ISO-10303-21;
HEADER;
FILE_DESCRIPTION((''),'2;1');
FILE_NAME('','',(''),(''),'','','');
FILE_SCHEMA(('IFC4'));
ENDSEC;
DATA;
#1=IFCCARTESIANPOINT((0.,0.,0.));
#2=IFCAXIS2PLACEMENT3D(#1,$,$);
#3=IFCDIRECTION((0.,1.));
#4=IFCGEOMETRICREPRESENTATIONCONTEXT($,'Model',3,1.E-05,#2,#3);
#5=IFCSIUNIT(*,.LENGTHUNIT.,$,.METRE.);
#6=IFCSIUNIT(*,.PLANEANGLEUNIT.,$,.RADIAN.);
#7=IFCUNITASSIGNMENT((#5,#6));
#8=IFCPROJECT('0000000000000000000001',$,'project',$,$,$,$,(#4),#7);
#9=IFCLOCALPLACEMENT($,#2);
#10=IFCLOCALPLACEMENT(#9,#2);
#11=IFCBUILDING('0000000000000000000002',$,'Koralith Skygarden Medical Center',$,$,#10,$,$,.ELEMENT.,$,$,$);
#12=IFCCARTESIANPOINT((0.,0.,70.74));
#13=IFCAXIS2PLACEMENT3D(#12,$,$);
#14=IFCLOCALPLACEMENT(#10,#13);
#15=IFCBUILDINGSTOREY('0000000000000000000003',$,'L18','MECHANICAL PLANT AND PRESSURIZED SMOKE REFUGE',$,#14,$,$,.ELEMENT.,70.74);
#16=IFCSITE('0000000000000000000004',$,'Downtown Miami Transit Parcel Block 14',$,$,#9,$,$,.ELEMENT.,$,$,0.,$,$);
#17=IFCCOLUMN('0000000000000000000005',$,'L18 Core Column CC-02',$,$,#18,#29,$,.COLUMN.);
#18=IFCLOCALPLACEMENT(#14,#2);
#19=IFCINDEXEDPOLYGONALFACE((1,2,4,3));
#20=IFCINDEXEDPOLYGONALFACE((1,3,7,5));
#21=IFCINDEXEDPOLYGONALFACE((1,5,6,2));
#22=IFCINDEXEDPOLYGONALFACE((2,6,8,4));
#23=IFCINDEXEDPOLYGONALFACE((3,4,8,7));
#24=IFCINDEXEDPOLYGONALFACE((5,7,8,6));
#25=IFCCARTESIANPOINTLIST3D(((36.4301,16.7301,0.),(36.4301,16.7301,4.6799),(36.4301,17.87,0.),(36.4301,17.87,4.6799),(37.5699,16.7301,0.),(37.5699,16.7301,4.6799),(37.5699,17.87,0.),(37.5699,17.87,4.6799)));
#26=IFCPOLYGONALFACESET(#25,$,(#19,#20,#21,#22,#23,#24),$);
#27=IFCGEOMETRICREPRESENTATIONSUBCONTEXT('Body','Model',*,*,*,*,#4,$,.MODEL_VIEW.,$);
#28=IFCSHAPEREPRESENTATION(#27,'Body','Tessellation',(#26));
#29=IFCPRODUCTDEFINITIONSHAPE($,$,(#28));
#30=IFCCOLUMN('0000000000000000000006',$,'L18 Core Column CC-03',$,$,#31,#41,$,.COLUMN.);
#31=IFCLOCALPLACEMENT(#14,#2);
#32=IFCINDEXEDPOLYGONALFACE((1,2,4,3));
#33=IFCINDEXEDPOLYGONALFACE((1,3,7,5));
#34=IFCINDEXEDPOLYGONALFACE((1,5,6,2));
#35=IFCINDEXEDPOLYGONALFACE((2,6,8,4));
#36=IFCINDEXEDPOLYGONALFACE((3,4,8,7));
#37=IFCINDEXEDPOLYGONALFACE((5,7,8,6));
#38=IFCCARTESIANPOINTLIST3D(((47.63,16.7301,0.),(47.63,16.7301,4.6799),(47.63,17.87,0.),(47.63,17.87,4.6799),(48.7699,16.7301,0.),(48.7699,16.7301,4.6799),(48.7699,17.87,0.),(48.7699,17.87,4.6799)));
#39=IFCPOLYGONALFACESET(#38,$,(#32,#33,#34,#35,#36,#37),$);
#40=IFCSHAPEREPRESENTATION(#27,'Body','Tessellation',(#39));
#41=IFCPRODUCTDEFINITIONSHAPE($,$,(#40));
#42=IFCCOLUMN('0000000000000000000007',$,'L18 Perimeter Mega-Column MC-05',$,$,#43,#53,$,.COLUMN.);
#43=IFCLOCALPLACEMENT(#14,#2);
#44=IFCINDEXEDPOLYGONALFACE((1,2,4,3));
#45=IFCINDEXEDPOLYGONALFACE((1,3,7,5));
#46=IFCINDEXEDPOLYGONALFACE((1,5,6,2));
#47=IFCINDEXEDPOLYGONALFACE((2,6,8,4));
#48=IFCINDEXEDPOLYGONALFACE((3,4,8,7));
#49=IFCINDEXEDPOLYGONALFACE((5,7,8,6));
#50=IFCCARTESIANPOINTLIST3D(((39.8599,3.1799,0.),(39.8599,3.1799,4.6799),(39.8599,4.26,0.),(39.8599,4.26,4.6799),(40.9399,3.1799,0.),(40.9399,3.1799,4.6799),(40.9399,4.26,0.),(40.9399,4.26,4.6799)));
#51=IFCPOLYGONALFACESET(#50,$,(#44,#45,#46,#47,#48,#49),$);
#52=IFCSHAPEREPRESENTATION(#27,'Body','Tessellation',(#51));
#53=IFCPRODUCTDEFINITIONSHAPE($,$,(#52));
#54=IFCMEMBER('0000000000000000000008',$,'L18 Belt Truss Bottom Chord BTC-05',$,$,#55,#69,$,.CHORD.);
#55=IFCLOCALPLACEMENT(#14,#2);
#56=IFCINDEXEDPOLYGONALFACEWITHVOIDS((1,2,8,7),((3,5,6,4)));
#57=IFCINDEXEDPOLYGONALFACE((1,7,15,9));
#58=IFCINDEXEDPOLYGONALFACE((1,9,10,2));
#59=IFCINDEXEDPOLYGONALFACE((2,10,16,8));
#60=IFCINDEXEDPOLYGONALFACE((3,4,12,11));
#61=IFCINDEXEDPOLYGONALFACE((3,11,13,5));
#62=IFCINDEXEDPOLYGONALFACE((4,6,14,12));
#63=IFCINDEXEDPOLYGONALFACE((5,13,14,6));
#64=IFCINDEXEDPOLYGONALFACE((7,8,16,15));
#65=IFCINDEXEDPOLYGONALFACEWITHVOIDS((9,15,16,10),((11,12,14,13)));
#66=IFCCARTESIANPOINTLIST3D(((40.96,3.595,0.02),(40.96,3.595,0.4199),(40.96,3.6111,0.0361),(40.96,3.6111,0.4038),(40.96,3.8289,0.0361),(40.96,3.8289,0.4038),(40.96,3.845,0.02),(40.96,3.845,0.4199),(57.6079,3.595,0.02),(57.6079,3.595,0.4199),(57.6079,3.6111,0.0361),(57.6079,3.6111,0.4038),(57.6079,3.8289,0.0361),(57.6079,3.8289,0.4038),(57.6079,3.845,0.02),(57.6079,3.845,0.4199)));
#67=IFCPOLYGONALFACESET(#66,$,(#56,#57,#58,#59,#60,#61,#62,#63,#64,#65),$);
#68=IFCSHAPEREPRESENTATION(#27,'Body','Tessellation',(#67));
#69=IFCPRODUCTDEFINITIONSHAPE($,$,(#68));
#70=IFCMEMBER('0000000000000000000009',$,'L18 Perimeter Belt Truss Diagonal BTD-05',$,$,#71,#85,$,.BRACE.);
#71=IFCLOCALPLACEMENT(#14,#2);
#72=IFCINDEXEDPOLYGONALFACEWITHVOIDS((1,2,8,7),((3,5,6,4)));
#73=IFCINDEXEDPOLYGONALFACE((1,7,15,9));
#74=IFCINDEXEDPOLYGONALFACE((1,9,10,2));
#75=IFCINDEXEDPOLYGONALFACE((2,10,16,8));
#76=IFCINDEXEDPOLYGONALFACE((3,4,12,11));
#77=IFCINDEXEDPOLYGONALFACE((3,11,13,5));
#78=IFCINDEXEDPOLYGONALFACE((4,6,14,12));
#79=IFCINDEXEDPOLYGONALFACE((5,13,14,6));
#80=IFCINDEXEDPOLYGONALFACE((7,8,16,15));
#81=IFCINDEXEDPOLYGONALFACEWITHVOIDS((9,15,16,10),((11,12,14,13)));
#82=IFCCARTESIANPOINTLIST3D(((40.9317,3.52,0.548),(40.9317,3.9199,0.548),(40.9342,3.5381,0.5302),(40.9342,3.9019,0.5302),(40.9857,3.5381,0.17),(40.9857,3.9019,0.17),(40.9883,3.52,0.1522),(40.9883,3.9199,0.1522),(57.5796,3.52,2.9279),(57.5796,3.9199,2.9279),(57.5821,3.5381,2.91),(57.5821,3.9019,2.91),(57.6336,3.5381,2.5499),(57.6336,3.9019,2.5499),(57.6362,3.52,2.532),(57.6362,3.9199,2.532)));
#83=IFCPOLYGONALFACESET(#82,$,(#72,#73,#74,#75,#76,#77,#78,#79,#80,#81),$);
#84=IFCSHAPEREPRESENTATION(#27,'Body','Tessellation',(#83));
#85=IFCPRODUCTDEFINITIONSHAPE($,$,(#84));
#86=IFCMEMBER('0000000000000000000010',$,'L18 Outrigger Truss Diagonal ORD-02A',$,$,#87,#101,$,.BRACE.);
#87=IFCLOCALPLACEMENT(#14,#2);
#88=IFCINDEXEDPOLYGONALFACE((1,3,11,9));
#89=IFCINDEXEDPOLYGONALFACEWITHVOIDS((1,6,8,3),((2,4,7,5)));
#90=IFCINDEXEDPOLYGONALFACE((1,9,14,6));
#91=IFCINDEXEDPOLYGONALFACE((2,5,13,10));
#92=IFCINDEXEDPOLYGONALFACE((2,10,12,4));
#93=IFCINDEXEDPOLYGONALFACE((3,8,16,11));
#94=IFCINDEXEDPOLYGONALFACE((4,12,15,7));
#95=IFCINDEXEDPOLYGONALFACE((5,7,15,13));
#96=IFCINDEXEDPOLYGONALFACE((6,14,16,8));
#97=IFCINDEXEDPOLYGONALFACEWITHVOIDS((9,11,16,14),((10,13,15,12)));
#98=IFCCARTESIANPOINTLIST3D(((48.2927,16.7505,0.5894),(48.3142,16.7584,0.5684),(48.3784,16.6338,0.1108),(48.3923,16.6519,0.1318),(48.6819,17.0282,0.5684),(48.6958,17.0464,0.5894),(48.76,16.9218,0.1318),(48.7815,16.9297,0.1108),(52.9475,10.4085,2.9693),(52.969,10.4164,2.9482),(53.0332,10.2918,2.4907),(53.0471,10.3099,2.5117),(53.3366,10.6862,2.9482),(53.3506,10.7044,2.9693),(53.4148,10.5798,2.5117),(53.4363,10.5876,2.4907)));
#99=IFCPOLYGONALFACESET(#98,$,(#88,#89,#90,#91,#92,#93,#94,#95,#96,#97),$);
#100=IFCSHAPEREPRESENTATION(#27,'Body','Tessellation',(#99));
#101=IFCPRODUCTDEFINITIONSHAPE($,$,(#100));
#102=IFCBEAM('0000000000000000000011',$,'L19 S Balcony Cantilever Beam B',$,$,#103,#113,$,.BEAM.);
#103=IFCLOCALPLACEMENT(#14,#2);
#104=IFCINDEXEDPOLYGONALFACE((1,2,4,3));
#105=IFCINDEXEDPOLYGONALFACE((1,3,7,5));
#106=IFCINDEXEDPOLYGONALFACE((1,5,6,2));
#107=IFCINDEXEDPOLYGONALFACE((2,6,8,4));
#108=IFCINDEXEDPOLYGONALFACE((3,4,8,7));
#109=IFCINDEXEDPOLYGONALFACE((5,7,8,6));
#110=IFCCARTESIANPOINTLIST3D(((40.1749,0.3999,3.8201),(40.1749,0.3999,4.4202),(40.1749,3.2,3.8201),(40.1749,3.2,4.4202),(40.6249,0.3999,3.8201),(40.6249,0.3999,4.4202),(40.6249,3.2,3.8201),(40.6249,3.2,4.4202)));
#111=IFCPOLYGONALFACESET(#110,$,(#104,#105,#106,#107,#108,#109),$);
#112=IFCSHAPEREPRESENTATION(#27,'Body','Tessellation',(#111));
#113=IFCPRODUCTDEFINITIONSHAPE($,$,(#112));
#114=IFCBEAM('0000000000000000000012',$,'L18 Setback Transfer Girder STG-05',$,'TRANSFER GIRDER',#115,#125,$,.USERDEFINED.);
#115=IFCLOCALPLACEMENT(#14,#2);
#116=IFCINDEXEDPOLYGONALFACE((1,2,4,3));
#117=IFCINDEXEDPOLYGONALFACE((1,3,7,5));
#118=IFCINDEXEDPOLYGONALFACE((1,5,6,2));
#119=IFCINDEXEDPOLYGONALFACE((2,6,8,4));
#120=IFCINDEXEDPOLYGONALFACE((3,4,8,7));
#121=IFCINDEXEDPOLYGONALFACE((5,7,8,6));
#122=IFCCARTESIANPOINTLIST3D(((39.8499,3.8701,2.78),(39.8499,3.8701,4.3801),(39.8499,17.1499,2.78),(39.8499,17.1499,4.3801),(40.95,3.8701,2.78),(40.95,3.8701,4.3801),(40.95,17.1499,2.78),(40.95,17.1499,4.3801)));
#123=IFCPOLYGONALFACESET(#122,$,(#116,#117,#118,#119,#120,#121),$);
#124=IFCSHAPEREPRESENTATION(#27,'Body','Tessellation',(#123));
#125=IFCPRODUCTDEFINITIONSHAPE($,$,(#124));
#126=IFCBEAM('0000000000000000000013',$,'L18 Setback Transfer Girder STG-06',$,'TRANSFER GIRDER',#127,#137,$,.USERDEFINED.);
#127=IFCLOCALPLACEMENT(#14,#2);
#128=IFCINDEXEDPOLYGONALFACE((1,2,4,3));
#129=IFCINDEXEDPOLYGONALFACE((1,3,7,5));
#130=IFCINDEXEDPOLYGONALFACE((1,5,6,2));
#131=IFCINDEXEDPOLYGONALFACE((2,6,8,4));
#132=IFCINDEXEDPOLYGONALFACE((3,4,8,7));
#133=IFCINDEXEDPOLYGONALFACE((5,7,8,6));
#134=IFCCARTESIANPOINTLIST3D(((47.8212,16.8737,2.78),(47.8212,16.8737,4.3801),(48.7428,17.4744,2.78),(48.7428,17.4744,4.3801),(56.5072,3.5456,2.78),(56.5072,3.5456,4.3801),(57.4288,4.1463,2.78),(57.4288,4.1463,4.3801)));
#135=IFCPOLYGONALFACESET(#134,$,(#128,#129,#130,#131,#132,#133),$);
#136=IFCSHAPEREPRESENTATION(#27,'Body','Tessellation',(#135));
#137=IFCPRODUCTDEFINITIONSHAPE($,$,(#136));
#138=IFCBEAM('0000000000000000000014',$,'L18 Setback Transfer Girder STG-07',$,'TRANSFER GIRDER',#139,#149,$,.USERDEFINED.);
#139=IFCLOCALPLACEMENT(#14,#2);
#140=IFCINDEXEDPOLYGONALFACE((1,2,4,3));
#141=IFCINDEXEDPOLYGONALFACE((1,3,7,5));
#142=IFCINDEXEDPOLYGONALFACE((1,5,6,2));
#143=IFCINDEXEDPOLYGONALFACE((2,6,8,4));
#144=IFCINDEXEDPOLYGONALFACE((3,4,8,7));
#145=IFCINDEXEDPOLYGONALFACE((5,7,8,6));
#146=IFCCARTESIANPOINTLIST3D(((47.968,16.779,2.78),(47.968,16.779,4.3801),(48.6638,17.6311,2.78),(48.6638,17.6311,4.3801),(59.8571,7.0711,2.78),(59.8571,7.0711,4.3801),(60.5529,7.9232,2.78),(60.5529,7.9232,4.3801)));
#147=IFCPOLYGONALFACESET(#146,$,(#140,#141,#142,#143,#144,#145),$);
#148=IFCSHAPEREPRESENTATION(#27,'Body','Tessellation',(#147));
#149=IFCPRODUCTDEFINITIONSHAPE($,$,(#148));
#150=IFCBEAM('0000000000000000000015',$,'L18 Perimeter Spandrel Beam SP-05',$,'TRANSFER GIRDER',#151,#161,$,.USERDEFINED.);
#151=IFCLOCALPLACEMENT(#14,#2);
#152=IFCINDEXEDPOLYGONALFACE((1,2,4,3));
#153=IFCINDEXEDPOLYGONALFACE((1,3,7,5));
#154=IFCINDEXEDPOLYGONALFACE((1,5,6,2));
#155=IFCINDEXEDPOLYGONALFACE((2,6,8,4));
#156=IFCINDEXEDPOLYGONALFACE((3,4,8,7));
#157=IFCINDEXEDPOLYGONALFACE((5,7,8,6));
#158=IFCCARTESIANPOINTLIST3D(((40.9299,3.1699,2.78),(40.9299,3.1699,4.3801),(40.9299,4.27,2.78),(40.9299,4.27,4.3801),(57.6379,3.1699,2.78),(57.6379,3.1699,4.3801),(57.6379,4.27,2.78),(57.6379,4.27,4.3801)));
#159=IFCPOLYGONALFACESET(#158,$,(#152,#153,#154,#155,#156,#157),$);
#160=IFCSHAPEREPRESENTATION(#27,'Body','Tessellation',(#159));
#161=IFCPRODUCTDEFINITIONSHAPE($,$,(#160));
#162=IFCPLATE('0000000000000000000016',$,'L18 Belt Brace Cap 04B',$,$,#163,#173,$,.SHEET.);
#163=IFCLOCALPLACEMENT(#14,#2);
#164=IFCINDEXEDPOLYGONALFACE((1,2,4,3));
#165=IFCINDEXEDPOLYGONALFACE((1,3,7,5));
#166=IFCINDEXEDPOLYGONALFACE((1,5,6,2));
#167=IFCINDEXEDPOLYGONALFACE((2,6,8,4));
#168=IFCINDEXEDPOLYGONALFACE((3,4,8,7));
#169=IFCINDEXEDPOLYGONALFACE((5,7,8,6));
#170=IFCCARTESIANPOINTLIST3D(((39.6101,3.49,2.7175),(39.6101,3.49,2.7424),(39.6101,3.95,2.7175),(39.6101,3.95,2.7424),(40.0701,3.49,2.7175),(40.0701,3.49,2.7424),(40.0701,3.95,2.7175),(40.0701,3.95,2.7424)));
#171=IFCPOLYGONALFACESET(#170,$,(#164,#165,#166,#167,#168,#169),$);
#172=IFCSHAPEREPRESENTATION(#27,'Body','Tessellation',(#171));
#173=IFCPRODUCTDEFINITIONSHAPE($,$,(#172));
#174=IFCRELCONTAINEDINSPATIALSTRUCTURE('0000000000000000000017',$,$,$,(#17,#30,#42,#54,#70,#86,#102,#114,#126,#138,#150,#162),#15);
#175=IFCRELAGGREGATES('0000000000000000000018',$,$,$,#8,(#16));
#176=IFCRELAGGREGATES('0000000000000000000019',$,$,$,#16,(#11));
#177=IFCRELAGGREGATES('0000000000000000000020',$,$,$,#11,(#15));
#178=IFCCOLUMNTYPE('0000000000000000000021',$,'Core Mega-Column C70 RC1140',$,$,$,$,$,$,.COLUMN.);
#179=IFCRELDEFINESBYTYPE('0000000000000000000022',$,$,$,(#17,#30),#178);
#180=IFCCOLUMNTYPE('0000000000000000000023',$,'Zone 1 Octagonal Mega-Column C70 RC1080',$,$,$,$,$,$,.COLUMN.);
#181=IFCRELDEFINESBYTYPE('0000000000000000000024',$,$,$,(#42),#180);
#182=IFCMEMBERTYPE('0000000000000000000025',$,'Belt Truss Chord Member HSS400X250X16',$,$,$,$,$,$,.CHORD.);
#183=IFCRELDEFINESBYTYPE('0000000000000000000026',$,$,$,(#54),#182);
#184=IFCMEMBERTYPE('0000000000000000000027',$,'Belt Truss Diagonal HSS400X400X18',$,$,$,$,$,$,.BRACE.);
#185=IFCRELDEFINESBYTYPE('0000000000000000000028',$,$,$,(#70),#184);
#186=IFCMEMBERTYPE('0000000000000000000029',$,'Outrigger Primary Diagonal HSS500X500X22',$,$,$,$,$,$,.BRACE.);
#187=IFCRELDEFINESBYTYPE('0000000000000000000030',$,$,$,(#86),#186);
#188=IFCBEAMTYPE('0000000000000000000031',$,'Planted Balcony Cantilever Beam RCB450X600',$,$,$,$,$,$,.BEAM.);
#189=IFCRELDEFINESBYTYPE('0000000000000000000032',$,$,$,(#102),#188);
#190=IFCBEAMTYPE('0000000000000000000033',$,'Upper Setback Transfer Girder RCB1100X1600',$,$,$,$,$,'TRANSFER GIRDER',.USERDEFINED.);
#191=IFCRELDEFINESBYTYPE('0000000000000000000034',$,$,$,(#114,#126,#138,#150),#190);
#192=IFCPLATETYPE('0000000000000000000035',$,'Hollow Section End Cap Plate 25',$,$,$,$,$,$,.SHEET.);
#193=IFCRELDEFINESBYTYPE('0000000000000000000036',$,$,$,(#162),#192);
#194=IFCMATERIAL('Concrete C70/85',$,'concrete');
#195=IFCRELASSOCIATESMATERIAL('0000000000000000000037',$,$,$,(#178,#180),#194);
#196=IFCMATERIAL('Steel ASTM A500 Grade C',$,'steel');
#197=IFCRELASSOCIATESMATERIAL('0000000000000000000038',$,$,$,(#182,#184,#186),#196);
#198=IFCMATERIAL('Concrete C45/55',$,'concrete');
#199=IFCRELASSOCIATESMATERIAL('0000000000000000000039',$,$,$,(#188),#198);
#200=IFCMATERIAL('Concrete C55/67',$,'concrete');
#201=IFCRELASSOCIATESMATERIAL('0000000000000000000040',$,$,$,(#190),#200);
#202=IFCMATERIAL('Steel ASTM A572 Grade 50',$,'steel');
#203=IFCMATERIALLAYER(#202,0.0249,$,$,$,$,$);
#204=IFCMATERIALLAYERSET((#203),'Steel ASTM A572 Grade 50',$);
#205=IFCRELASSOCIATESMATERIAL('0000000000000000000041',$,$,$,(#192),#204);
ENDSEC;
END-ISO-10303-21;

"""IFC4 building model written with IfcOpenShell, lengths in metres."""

from ifc_helpers import new_model, si_unit, direction, frame, origin, origin_2d, place, context, subcontext, project, spatial, rectangle, hollow_rectangle, extrude, material, layer, layer_set, material_profile, profile_set, type_object, element, save


model = new_model("IFC4")

# Units and contexts
model_context = context("Model", 3, precision=1e-05, world=origin(), true_north=direction((0.0, 1.0)))
body_context = subcontext(model_context, "Body", "Model", "MODEL_VIEW")
ifc_project = project(units=[si_unit("LENGTHUNIT", "METRE"), si_unit("PLANEANGLEUNIT", "RADIAN")], contexts=[model_context])

# Site, building, storey
site_placement = place(None, origin())
site = spatial("IfcSite", under=ifc_project, at=site_placement, Name="Downtown Miami Transit Parcel Block 14", CompositionType="ELEMENT", RefElevation=0.0)
building_placement = place(site_placement, origin())
building = spatial("IfcBuilding", under=site, at=building_placement, Name="Koralith Skygarden Medical Center", CompositionType="ELEMENT")
storey_placement = place(building_placement, frame((0.0, 0.0, 70.74)))
storey = spatial("IfcBuildingStorey", under=building, at=storey_placement, Name="L18", Description="MECHANICAL PLANT AND PRESSURIZED SMOKE REFUGE", CompositionType="ELEMENT", Elevation=70.74)

# Columns
ifc_material_1 = material(Name="Concrete C70/85", Category="concrete")
ifc_material_profile_1 = material_profile(ifc_material_1, rectangle(XDim=1.1399, YDim=1.1399, at=origin_2d()), Name="RC1140X1140")
ifc_profile_set_1 = profile_set([ifc_material_profile_1], Name="Concrete C70/85")
column_type_1 = type_object("IfcColumnType", Name="Core Mega-Column C70 RC1140", PredefinedType="COLUMN", material=ifc_profile_set_1)
for number, where, z_axis, x_axis, name in (
    (1, (37.0, 17.3, 0.0), (0.0, 0.0, 1.0), (1.0, 0.0, 0.0), "L18 Core Column CC-02"),
    (2, (48.2, 17.3, 0.0), (0.0, 0.0, 1.0), (1.0, 0.0, 0.0), "L18 Core Column CC-03"),
):
    element("IfcColumn", number, at=place(storey_placement, frame(where, z_axis=z_axis, x_axis=x_axis)), inside=storey, type_object=column_type_1, Name=name, PredefinedType="COLUMN", context=body_context, shape_type="SweptSolid", body=[
        extrude(rectangle(XDim=1.1399, YDim=1.1399, at=origin_2d()), origin(), (0.0, 0.0, 1.0), 4.6799),
    ])
ifc_material_profile_2 = material_profile(ifc_material_1, rectangle(XDim=1.0801, YDim=1.0801, at=origin_2d()), Name="RC1080X1080")
ifc_profile_set_2 = profile_set([ifc_material_profile_2], Name="Concrete C70/85")
column_type_2 = type_object("IfcColumnType", Name="Zone 1 Octagonal Mega-Column C70 RC1080", PredefinedType="COLUMN", material=ifc_profile_set_2)
column_placement = place(storey_placement, frame((40.3999, 3.72, 0.0), z_axis=(0.0, 0.0, 1.0), x_axis=(1.0, 0.0, 0.0)))
element("IfcColumn", 3, at=column_placement, inside=storey, type_object=column_type_2, Name="L18 Perimeter Mega-Column MC-05", PredefinedType="COLUMN", context=body_context, shape_type="SweptSolid", body=[
    extrude(rectangle(XDim=1.0801, YDim=1.0801, at=origin_2d()), origin(), (0.0, 0.0, 1.0), 4.6799),
])

# Members
ifc_material_2 = material(Name="Steel ASTM A500 Grade C", Category="steel")
ifc_material_profile_3 = material_profile(ifc_material_2, hollow_rectangle(XDim=0.25, YDim=0.3999, WallThickness=0.0161, at=origin_2d()), Name="HSS400X250X16")
ifc_profile_set_3 = profile_set([ifc_material_profile_3], Name="Steel ASTM A500 Grade C")
member_type_1 = type_object("IfcMemberType", Name="Belt Truss Chord Member HSS400X250X16", PredefinedType="CHORD", material=ifc_profile_set_3)
member_1_placement = place(storey_placement, frame((40.96, 3.72, 0.22), z_axis=(1.0, 0.0, 0.0), x_axis=(0.0, 1.0, 0.0)))
element("IfcMember", 4, at=member_1_placement, inside=storey, type_object=member_type_1, Name="L18 Belt Truss Bottom Chord BTC-05", PredefinedType="CHORD", context=body_context, shape_type="SweptSolid", body=[
    extrude(hollow_rectangle(XDim=0.25, YDim=0.3999, WallThickness=0.0161, at=origin_2d()), origin(), (0.0, 0.0, 1.0), 16.6479),
])
ifc_material_profile_4 = material_profile(ifc_material_2, hollow_rectangle(XDim=0.3999, YDim=0.3999, WallThickness=0.0181, at=origin_2d()), Name="HSS400X400X18")
ifc_profile_set_4 = profile_set([ifc_material_profile_4], Name="Steel ASTM A500 Grade C")
member_type_2 = type_object("IfcMemberType", Name="Belt Truss Diagonal HSS400X400X18", PredefinedType="BRACE", material=ifc_profile_set_4)
member_2_placement = place(storey_placement, frame((40.96, 3.72, 0.3501), z_axis=(0.989936, 0.0, 0.141515), x_axis=(0.0, 1.0, 0.0)))
element("IfcMember", 5, at=member_2_placement, inside=storey, type_object=member_type_2, Name="L18 Perimeter Belt Truss Diagonal BTD-05", PredefinedType="BRACE", context=body_context, shape_type="SweptSolid", body=[
    extrude(hollow_rectangle(XDim=0.3999, YDim=0.3999, WallThickness=0.0181, at=origin_2d()), origin(), (0.0, 0.0, 1.0), 16.8171),
])
ifc_material_profile_5 = material_profile(ifc_material_2, hollow_rectangle(XDim=0.5, YDim=0.5, WallThickness=0.022, at=origin_2d()), Name="HSS500X500X22")
ifc_profile_set_5 = profile_set([ifc_material_profile_5], Name="Steel ASTM A500 Grade C")
member_type_3 = type_object("IfcMemberType", Name="Outrigger Primary Diagonal HSS500X500X22", PredefinedType="BRACE", material=ifc_profile_set_5)
member_3_placement = place(storey_placement, frame((48.5371, 16.8401, 0.3501), z_axis=(0.566343, -0.771629, 0.289558), x_axis=(0.806165, 0.591691, 0.0)))
element("IfcMember", 6, at=member_3_placement, inside=storey, type_object=member_type_3, Name="L18 Outrigger Truss Diagonal ORD-02A", PredefinedType="BRACE", context=body_context, shape_type="SweptSolid", body=[
    extrude(hollow_rectangle(XDim=0.5, YDim=0.5, WallThickness=0.022, at=origin_2d()), origin(), (0.0, 0.0, 1.0), 8.219),
])

# Beams
ifc_material_3 = material(Name="Concrete C45/55", Category="concrete")
ifc_material_profile_6 = material_profile(ifc_material_3, rectangle(XDim=0.45, YDim=0.6001, at=origin_2d()), Name="RCB450X600")
ifc_profile_set_6 = profile_set([ifc_material_profile_6], Name="Concrete C45/55")
beam_type_1 = type_object("IfcBeamType", Name="Planted Balcony Cantilever Beam RCB450X600", PredefinedType="BEAM", material=ifc_profile_set_6)
beam_1_placement = place(storey_placement, frame((40.3999, 3.2, 4.1201), z_axis=(0.0, -1.0, 0.0), x_axis=(1.0, 0.0, 0.0)))
element("IfcBeam", 7, at=beam_1_placement, inside=storey, type_object=beam_type_1, Name="L19 S Balcony Cantilever Beam B", PredefinedType="BEAM", context=body_context, shape_type="SweptSolid", body=[
    extrude(rectangle(XDim=0.45, YDim=0.6001, at=origin_2d()), origin(), (0.0, 0.0, 1.0), 2.8),
])
ifc_material_4 = material(Name="Concrete C55/67", Category="concrete")
ifc_material_profile_7 = material_profile(ifc_material_4, rectangle(XDim=1.1001, YDim=1.6001, at=origin_2d()), Name="RCB1100X1600")
ifc_profile_set_7 = profile_set([ifc_material_profile_7], Name="Concrete C55/67")
beam_type_2 = type_object("IfcBeamType", Name="Upper Setback Transfer Girder RCB1100X1600", ElementType="TRANSFER GIRDER", PredefinedType="USERDEFINED", material=ifc_profile_set_7)
beam_2_placement = place(storey_placement, frame((40.3999, 17.1499, 3.5801), z_axis=(0.0, -1.0, 0.0), x_axis=(1.0, 0.0, 0.0)))
element("IfcBeam", 8, at=beam_2_placement, inside=storey, type_object=beam_type_2, Name="L18 Setback Transfer Girder STG-05", ObjectType="TRANSFER GIRDER", PredefinedType="USERDEFINED", context=body_context, shape_type="SweptSolid", body=[
    extrude(rectangle(XDim=1.1001, YDim=1.6001, at=origin_2d()), origin(), (0.0, 0.0, 1.0), 13.2798),
])
beam_3_placement = place(storey_placement, frame((48.282, 17.1741, 3.5801), z_axis=(0.545993, -0.837789, 0.0), x_axis=(0.837789, 0.545993, 0.0)))
element("IfcBeam", 9, at=beam_3_placement, inside=storey, type_object=beam_type_2, Name="L18 Setback Transfer Girder STG-06", ObjectType="TRANSFER GIRDER", PredefinedType="USERDEFINED", context=body_context, shape_type="SweptSolid", body=[
    extrude(rectangle(XDim=1.1001, YDim=1.6001, at=origin_2d()), origin(), (0.0, 0.0, 1.0), 15.9087),
])
beam_4_placement = place(storey_placement, frame((48.3159, 17.2051, 3.5801), z_axis=(0.774579, -0.632477, 0.0), x_axis=(0.632477, 0.774579, 0.0)))
element("IfcBeam", 10, at=beam_4_placement, inside=storey, type_object=beam_type_2, Name="L18 Setback Transfer Girder STG-07", ObjectType="TRANSFER GIRDER", PredefinedType="USERDEFINED", context=body_context, shape_type="SweptSolid", body=[
    extrude(rectangle(XDim=1.1001, YDim=1.6001, at=origin_2d()), origin(), (0.0, 0.0, 1.0), 15.3491),
])
beam_5_placement = place(storey_placement, frame((40.9299, 3.72, 3.5801), z_axis=(1.0, 0.0, 0.0), x_axis=(0.0, 1.0, 0.0)))
element("IfcBeam", 11, at=beam_5_placement, inside=storey, type_object=beam_type_2, Name="L18 Perimeter Spandrel Beam SP-05", ObjectType="TRANSFER GIRDER", PredefinedType="USERDEFINED", context=body_context, shape_type="SweptSolid", body=[
    extrude(rectangle(XDim=1.1001, YDim=1.6001, at=origin_2d()), origin(), (0.0, 0.0, 1.0), 16.708),
])

# Plate
ifc_material_5 = material(Name="Steel ASTM A572 Grade 50", Category="steel")
ifc_layer_1 = layer(ifc_material_5, 0.0249)
ifc_layer_set_1 = layer_set([ifc_layer_1], Name="Steel ASTM A572 Grade 50")
plate_type = type_object("IfcPlateType", Name="Hollow Section End Cap Plate 25", PredefinedType="SHEET", material=ifc_layer_set_1)
for number, where, z_axis, x_axis, name in (
    (12, (39.8401, 3.72, 2.7175), (0.0, 0.0, 1.0), (1.0, 0.0, 0.0), "L18 Belt Brace Cap 04B"),
):
    element("IfcPlate", number, at=place(storey_placement, frame(where, z_axis=z_axis, x_axis=x_axis)), inside=storey, type_object=plate_type, Name=name, PredefinedType="SHEET", context=body_context, shape_type="SweptSolid", body=[
        extrude(rectangle(XDim=0.46, YDim=0.46, at=origin_2d()), origin(), (0.0, 0.0, 1.0), 0.0249),
    ])

save(model, "model.ifc")
